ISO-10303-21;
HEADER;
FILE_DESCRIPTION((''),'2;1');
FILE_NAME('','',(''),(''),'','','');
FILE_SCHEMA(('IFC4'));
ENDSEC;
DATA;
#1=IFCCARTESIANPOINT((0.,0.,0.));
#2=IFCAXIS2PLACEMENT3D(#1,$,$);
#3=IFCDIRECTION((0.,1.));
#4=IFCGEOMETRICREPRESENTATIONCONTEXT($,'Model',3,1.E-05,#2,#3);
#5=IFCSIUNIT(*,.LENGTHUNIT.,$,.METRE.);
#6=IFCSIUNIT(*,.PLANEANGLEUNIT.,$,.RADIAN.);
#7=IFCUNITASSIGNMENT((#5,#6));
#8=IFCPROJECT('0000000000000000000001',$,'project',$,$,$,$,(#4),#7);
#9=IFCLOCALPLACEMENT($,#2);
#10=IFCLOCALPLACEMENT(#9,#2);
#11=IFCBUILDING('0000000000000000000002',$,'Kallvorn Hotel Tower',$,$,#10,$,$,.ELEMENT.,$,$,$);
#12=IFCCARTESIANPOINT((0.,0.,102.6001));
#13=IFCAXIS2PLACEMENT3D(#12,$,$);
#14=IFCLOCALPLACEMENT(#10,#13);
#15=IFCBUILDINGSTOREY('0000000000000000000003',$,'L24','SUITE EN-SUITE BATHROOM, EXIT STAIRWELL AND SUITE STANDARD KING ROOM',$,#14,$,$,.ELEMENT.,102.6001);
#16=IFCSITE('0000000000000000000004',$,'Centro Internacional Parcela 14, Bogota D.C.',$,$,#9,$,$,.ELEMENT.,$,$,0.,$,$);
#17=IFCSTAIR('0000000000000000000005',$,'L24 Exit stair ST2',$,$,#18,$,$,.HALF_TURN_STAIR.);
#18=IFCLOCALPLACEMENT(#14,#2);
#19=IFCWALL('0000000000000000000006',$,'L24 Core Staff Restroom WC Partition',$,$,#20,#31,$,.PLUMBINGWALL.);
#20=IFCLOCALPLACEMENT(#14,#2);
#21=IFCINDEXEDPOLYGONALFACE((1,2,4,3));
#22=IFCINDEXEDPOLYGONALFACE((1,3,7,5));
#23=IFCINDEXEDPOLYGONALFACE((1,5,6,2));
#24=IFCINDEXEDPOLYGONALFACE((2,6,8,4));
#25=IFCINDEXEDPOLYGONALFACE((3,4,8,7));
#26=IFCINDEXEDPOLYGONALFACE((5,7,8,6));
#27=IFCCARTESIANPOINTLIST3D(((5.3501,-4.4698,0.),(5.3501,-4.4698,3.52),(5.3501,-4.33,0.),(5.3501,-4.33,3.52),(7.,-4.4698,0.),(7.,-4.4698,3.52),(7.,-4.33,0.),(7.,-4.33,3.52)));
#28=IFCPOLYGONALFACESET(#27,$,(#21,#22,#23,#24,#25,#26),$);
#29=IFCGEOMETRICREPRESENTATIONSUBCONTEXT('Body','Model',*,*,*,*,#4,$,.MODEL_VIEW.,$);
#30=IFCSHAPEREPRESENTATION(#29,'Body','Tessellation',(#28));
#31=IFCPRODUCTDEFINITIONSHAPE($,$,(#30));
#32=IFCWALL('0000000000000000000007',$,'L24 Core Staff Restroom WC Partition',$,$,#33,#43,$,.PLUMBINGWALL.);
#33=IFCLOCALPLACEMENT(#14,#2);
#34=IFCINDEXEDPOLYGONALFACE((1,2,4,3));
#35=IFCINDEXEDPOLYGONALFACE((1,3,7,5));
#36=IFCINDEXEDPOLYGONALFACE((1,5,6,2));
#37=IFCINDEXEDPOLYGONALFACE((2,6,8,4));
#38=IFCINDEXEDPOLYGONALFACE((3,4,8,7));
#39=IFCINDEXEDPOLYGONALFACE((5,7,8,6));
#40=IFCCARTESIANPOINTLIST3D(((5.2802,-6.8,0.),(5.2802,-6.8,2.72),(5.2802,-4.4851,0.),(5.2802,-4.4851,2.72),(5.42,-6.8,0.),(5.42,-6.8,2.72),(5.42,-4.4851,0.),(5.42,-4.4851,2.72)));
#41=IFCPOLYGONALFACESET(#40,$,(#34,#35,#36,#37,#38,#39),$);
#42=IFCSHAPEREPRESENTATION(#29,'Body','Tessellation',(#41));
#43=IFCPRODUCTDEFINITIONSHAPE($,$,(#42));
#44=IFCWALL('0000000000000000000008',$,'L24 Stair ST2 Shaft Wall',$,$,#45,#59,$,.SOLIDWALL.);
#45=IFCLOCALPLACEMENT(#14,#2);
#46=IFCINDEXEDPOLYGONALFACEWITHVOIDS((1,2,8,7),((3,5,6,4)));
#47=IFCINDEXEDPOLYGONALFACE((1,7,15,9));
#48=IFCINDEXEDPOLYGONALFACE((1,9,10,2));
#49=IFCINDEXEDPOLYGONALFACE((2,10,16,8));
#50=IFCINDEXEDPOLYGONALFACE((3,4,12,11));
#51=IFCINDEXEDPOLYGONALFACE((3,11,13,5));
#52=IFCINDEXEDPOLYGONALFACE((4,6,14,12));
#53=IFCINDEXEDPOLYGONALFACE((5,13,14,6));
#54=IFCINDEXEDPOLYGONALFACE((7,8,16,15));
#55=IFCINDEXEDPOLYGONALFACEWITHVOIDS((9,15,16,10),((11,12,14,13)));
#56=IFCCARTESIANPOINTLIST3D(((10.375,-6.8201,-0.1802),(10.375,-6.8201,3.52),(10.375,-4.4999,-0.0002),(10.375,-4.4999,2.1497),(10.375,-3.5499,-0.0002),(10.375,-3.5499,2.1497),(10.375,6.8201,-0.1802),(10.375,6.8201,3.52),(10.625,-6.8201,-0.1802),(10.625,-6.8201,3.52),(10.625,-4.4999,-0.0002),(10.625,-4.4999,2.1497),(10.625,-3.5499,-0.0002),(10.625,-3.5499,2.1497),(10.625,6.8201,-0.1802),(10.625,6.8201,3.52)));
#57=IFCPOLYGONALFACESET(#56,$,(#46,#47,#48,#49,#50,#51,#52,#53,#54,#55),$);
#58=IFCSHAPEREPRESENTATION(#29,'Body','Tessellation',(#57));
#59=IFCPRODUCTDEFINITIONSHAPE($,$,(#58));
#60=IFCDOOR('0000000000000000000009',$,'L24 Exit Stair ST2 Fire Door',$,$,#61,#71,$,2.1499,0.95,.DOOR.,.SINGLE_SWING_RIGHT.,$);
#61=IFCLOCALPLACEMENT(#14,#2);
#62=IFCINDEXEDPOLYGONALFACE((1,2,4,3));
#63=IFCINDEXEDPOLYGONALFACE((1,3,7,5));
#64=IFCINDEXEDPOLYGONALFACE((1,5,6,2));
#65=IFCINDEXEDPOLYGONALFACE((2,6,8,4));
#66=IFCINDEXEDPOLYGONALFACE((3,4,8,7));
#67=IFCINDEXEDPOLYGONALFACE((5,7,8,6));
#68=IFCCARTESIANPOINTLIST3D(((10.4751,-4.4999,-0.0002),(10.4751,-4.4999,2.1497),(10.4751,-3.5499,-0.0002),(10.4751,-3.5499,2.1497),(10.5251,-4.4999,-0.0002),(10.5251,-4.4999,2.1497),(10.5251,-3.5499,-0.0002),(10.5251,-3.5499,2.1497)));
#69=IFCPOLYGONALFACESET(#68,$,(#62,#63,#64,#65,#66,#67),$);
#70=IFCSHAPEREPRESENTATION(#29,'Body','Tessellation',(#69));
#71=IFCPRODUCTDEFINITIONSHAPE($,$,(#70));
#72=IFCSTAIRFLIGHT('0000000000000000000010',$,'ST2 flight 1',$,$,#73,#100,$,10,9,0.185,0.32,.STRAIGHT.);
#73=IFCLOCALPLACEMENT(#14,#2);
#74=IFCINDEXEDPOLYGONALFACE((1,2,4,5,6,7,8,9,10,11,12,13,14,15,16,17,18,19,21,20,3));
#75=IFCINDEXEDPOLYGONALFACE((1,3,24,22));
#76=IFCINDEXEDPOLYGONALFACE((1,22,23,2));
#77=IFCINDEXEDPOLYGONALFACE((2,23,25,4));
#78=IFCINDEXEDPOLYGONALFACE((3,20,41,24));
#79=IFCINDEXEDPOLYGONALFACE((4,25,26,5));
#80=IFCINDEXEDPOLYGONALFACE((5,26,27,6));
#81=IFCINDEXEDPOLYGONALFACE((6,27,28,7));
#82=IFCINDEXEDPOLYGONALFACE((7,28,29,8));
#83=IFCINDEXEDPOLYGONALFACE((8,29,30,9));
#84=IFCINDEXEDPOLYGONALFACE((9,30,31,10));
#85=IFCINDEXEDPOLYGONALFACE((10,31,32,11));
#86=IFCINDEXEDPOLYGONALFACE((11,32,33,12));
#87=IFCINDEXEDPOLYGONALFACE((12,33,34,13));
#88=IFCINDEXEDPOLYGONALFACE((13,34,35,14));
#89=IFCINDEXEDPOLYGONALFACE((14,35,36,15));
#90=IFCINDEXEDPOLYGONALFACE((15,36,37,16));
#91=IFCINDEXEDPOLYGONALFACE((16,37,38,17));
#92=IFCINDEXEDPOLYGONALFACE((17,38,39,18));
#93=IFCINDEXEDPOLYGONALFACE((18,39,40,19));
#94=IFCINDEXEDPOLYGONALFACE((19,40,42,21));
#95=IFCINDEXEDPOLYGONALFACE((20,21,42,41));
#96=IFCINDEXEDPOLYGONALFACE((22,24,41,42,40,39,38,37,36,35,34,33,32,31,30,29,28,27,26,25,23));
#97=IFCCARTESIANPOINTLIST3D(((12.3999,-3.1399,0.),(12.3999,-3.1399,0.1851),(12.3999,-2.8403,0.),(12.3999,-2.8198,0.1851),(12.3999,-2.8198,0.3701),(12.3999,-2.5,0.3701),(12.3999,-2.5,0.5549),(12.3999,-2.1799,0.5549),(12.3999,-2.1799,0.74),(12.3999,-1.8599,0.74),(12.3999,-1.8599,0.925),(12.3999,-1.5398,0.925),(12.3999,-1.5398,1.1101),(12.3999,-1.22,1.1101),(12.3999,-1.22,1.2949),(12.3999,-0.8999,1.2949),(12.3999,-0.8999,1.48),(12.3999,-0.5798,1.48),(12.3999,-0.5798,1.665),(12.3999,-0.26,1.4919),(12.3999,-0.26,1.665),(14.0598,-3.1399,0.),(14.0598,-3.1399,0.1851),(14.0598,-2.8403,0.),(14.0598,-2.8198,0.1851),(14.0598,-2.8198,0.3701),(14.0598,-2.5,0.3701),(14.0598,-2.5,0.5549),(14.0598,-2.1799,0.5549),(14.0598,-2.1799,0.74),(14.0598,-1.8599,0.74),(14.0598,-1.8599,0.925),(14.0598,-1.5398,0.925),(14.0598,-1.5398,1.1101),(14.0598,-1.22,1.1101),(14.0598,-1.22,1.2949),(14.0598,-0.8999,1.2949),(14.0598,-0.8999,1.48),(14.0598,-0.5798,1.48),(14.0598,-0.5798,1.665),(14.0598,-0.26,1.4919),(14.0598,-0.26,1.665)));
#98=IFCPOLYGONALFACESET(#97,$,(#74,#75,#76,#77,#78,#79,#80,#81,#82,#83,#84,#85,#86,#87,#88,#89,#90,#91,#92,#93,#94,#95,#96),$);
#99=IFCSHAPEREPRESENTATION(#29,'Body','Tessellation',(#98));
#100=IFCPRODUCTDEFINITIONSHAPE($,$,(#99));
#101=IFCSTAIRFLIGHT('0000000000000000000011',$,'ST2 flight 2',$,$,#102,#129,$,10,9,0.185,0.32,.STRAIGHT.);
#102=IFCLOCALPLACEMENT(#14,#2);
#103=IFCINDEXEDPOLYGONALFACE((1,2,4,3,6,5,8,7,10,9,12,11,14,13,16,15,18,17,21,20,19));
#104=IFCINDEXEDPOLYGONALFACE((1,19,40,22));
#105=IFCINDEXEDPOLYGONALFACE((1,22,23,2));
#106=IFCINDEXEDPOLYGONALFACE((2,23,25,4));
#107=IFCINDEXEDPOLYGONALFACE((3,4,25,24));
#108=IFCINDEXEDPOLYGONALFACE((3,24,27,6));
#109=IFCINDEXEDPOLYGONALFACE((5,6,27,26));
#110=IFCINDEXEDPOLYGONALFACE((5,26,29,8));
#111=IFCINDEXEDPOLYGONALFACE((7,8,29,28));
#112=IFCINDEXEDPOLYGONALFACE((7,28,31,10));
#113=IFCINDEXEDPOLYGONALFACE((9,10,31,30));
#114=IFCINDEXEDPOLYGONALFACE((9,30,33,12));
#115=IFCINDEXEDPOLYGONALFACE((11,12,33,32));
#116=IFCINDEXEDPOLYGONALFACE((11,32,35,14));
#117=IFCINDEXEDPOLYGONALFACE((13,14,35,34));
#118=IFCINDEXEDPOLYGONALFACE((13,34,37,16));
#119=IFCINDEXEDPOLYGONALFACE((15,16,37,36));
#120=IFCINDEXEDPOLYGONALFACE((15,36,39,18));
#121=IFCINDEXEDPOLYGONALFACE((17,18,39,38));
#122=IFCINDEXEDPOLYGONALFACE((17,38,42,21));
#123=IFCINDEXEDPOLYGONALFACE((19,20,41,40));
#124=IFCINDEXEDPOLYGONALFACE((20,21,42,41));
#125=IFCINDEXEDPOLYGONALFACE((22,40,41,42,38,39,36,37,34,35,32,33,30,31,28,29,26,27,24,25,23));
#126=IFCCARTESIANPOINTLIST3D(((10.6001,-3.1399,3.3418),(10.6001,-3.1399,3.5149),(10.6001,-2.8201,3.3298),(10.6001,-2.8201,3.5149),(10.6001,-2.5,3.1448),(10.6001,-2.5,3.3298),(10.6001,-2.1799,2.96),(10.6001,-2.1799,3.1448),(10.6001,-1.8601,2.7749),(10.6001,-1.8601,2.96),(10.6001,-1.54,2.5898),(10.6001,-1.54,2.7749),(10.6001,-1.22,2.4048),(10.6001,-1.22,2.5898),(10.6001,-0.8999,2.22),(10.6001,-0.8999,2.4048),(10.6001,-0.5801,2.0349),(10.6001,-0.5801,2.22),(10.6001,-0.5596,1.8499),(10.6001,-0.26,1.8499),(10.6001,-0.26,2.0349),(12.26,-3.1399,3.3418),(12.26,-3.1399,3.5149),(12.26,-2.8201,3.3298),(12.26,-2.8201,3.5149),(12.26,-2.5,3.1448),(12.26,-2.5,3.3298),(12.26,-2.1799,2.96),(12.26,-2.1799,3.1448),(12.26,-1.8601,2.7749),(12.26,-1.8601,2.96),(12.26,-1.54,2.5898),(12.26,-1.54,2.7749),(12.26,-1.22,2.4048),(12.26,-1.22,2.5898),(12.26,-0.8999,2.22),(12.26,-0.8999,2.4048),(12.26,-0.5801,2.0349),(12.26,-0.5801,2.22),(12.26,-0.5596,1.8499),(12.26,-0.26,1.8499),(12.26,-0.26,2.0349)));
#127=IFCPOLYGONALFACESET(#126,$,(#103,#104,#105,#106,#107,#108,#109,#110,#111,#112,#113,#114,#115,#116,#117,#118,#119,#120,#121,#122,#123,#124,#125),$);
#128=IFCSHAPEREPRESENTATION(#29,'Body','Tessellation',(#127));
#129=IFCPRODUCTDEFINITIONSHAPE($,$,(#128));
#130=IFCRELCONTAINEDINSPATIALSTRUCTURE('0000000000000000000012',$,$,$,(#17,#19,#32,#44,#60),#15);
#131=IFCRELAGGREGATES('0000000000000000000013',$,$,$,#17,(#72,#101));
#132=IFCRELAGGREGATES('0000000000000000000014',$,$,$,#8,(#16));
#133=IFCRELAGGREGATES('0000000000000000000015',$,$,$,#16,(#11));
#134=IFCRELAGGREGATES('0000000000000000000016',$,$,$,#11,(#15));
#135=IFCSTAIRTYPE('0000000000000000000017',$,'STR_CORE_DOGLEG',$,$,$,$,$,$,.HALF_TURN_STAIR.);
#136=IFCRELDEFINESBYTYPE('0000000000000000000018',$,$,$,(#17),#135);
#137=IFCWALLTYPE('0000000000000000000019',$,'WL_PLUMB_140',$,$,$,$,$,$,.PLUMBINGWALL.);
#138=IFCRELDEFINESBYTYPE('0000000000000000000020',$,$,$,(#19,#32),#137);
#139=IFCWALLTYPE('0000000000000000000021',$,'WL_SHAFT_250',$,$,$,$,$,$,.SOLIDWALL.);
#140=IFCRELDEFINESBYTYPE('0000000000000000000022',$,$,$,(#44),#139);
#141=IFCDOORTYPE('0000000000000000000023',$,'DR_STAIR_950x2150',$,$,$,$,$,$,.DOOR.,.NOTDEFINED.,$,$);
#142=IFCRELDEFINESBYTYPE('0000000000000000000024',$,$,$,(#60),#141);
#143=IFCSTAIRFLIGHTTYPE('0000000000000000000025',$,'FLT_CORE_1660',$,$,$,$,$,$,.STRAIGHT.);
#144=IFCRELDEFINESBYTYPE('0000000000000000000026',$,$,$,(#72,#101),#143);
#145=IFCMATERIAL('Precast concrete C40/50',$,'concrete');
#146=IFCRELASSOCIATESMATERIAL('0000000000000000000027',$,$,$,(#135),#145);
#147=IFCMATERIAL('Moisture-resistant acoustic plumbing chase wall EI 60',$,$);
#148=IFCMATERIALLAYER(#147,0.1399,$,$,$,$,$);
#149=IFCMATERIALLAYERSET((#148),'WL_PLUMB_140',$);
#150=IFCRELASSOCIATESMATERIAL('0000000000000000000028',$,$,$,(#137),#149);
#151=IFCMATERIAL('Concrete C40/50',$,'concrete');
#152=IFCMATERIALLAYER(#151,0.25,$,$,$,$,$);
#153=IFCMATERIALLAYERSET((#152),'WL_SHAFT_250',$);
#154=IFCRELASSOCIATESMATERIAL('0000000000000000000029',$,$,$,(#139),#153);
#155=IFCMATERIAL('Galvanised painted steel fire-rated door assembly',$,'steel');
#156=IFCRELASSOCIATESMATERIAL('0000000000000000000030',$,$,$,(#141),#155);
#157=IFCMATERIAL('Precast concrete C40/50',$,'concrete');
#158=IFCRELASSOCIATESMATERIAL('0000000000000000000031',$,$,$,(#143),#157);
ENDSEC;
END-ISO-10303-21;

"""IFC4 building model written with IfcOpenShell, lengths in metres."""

from ifc_helpers import new_model, si_unit, direction, frame, frame_2d, origin, place, context, subcontext, project, spatial, polyline, rectangle, outline, extrude, material, layer, layer_set, type_object, element, fill, aggregate, save


model = new_model("IFC4")

# Units and contexts
model_context = context("Model", 3, precision=1e-05, world=origin(), true_north=direction((0.0, 1.0)))
body_context = subcontext(model_context, "Body", "Model", "MODEL_VIEW")
ifc_project = project(units=[si_unit("LENGTHUNIT", "METRE"), si_unit("PLANEANGLEUNIT", "RADIAN")], contexts=[model_context])

# Site, building, storey
site_placement = place(None, origin())
site = spatial("IfcSite", under=ifc_project, at=site_placement, Name="Centro Internacional Parcela 14, Bogota D.C.", CompositionType="ELEMENT", RefElevation=0.0)
building_placement = place(site_placement, origin())
building = spatial("IfcBuilding", under=site, at=building_placement, Name="Kallvorn Hotel Tower", CompositionType="ELEMENT")
storey_placement = place(building_placement, frame((0.0, 0.0, 102.6001)))
storey = spatial("IfcBuildingStorey", under=building, at=storey_placement, Name="L24", Description="SUITE EN-SUITE BATHROOM, EXIT STAIRWELL AND SUITE STANDARD KING ROOM", CompositionType="ELEMENT", Elevation=102.6001)

# Stair
ifc_material_1 = material(Name="Precast concrete C40/50", Category="concrete")
stair_type = type_object("IfcStairType", Name="STR_CORE_DOGLEG", PredefinedType="HALF_TURN_STAIR", material=ifc_material_1)
stair_1_placement = place(storey_placement, origin())
stair_1 = element("IfcStair", 1, at=stair_1_placement, inside=storey, type_object=stair_type, Name="L24 Exit stair ST2", PredefinedType="HALF_TURN_STAIR")

# Walls
ifc_material_2 = material(Name="Moisture-resistant acoustic plumbing chase wall EI 60")
ifc_layer_1 = layer(ifc_material_2, 0.1399)
ifc_layer_set_1 = layer_set([ifc_layer_1], Name="WL_PLUMB_140")
wall_type_1 = type_object("IfcWallType", Name="WL_PLUMB_140", PredefinedType="PLUMBINGWALL", material=ifc_layer_set_1)
wall_1_placement = place(storey_placement, frame((5.3501, -4.3999, 0.0), z_axis=(0.0, 0.0, 1.0), x_axis=(1.0, 0.0, 0.0)))
element("IfcWall", 2, at=wall_1_placement, inside=storey, type_object=wall_type_1, Name="L24 Core Staff Restroom WC Partition", PredefinedType="PLUMBINGWALL", context=body_context, shape_type="SweptSolid", body=[
    extrude(rectangle(XDim=1.6499, YDim=0.1399, at=frame_2d((0.825, 0.0))), origin(), (0.0, 0.0, 1.0), 3.52),
])
wall_2_placement = place(storey_placement, frame((5.3501, -6.8, 0.0), z_axis=(0.0, 0.0, 1.0), x_axis=(0.0, 1.0, 0.0)))
element("IfcWall", 3, at=wall_2_placement, inside=storey, type_object=wall_type_1, Name="L24 Core Staff Restroom WC Partition", PredefinedType="PLUMBINGWALL", context=body_context, shape_type="SweptSolid", body=[
    extrude(rectangle(XDim=2.3149, YDim=0.1399, at=frame_2d((1.1575, 0.0))), origin(), (0.0, 0.0, 1.0), 2.72),
])

# Wall, opening, door
ifc_material_3 = material(Name="Concrete C40/50", Category="concrete")
ifc_layer_2 = layer(ifc_material_3, 0.25)
ifc_layer_set_2 = layer_set([ifc_layer_2], Name="WL_SHAFT_250")
wall_type_2 = type_object("IfcWallType", Name="WL_SHAFT_250", PredefinedType="SOLIDWALL", material=ifc_layer_set_2)
wall_3_placement = place(storey_placement, frame((10.5, -6.8201, -0.1802), z_axis=(0.0, 0.0, 1.0), x_axis=(0.0, 1.0, 0.0)))
wall_3 = element("IfcWall", 4, at=wall_3_placement, inside=storey, type_object=wall_type_2, Name="L24 Stair ST2 Shaft Wall", PredefinedType="SOLIDWALL", context=body_context, shape_type="SweptSolid", body=[
    extrude(rectangle(XDim=13.6401, YDim=0.25, at=frame_2d((6.8201, 0.0))), origin(), (0.0, 0.0, 1.0), 3.7002),
])
opening_1_placement = place(wall_3_placement, frame((2.3201, 0.0, 0.1799)))
opening_1 = element("IfcOpeningElement", 5, at=opening_1_placement, cuts=wall_3, PredefinedType="OPENING", context=body_context, shape_type="SweptSolid", body=[
    extrude(rectangle(XDim=0.95, YDim=2.1499, at=frame_2d((0.4751, 1.075))), frame((0.0, 0.1399, 0.0), z_axis=(0.0, -1.0, 0.0), x_axis=(1.0, 0.0, 0.0)), (0.0, 0.0, 1.0), 0.28),
])
ifc_material_4 = material(Name="Galvanised painted steel fire-rated door assembly", Category="steel")
door_type_1 = type_object("IfcDoorType", Name="DR_STAIR_950x2150", OperationType="NOTDEFINED", PredefinedType="DOOR", material=ifc_material_4)
door_1_placement = place(opening_1_placement, origin())
door_1 = element("IfcDoor", 6, at=door_1_placement, inside=storey, type_object=door_type_1, Name="L24 Exit Stair ST2 Fire Door", OperationType="SINGLE_SWING_RIGHT", OverallHeight=2.1499, OverallWidth=0.95, PredefinedType="DOOR", context=body_context, shape_type="SweptSolid", body=[
    extrude(rectangle(XDim=0.95, YDim=2.1499, at=frame_2d((0.4751, 1.075))), frame((0.0, 0.0249, 0.0), z_axis=(0.0, -1.0, 0.0), x_axis=(1.0, 0.0, 0.0)), (0.0, 0.0, 1.0), 0.05),
])
fill(opening_1, door_1)

# Stair flights
ifc_material_5 = material(Name="Precast concrete C40/50", Category="concrete")
stair_flight_type = type_object("IfcStairFlightType", Name="FLT_CORE_1660", PredefinedType="STRAIGHT", material=ifc_material_5)
stair_flight_1_placement = place(storey_placement, frame((13.23, -3.1399, 0.0), z_axis=(0.0, 0.0, 1.0), x_axis=(0.0, 1.0, 0.0)))
stair_flight_1 = element("IfcStairFlight", 7, at=stair_flight_1_placement, type_object=stair_flight_type, Name="ST2 flight 1", NumberOfRisers=10, NumberOfTreads=9, PredefinedType="STRAIGHT", RiserHeight=0.185, TreadLength=0.32, context=body_context, shape_type="SweptSolid", body=[
    extrude(outline(polyline([(0.0, 0.0), (0.0, 0.1851), (0.3201, 0.1851), (0.3201, 0.3701), (0.6399, 0.3701), (0.6399, 0.5549), (0.96, 0.5549), (0.96, 0.74), (1.28, 0.74), (1.28, 0.925), (1.6001, 0.925), (1.6001, 1.1101), (1.9199, 1.1101), (1.9199, 1.2949), (2.24, 1.2949), (2.24, 1.48), (2.5601, 1.48), (2.5601, 1.665), (2.8799, 1.665), (2.8799, 1.8501), (2.8799, 1.4919), (0.2996, 0.0), (0.0, 0.0)])), frame((0.0, 0.8301, 0.0), z_axis=(0.0, -1.0, 0.0), x_axis=(1.0, 0.0, 0.0)), (0.0, 0.0, 1.0), 1.6599),
])
stair_flight_2_placement = place(storey_placement, frame((11.4299, -0.26, 1.8499), z_axis=(0.0, 0.0, 1.0), x_axis=(0.0, -1.0, 0.0)))
stair_flight_2 = element("IfcStairFlight", 8, at=stair_flight_2_placement, type_object=stair_flight_type, Name="ST2 flight 2", NumberOfRisers=10, NumberOfTreads=9, PredefinedType="STRAIGHT", RiserHeight=0.185, TreadLength=0.32, context=body_context, shape_type="SweptSolid", body=[
    extrude(outline(polyline([(0.0, 0.0), (0.0, 0.1851), (0.3201, 0.1851), (0.3201, 0.3701), (0.6399, 0.3701), (0.6399, 0.5549), (0.96, 0.5549), (0.96, 0.74), (1.28, 0.74), (1.28, 0.925), (1.6001, 0.925), (1.6001, 1.1101), (1.9199, 1.1101), (1.9199, 1.2949), (2.24, 1.2949), (2.24, 1.48), (2.5601, 1.48), (2.5601, 1.665), (2.8799, 1.665), (2.8799, 1.8501), (2.8799, 1.4919), (0.2996, 0.0), (0.0, 0.0)])), frame((0.0, 0.8301, 0.0), z_axis=(0.0, -1.0, 0.0), x_axis=(1.0, 0.0, 0.0)), (0.0, 0.0, 1.0), 1.6599),
])
aggregate(stair_1, [stair_flight_1, stair_flight_2])

save(model, "model.ifc")
